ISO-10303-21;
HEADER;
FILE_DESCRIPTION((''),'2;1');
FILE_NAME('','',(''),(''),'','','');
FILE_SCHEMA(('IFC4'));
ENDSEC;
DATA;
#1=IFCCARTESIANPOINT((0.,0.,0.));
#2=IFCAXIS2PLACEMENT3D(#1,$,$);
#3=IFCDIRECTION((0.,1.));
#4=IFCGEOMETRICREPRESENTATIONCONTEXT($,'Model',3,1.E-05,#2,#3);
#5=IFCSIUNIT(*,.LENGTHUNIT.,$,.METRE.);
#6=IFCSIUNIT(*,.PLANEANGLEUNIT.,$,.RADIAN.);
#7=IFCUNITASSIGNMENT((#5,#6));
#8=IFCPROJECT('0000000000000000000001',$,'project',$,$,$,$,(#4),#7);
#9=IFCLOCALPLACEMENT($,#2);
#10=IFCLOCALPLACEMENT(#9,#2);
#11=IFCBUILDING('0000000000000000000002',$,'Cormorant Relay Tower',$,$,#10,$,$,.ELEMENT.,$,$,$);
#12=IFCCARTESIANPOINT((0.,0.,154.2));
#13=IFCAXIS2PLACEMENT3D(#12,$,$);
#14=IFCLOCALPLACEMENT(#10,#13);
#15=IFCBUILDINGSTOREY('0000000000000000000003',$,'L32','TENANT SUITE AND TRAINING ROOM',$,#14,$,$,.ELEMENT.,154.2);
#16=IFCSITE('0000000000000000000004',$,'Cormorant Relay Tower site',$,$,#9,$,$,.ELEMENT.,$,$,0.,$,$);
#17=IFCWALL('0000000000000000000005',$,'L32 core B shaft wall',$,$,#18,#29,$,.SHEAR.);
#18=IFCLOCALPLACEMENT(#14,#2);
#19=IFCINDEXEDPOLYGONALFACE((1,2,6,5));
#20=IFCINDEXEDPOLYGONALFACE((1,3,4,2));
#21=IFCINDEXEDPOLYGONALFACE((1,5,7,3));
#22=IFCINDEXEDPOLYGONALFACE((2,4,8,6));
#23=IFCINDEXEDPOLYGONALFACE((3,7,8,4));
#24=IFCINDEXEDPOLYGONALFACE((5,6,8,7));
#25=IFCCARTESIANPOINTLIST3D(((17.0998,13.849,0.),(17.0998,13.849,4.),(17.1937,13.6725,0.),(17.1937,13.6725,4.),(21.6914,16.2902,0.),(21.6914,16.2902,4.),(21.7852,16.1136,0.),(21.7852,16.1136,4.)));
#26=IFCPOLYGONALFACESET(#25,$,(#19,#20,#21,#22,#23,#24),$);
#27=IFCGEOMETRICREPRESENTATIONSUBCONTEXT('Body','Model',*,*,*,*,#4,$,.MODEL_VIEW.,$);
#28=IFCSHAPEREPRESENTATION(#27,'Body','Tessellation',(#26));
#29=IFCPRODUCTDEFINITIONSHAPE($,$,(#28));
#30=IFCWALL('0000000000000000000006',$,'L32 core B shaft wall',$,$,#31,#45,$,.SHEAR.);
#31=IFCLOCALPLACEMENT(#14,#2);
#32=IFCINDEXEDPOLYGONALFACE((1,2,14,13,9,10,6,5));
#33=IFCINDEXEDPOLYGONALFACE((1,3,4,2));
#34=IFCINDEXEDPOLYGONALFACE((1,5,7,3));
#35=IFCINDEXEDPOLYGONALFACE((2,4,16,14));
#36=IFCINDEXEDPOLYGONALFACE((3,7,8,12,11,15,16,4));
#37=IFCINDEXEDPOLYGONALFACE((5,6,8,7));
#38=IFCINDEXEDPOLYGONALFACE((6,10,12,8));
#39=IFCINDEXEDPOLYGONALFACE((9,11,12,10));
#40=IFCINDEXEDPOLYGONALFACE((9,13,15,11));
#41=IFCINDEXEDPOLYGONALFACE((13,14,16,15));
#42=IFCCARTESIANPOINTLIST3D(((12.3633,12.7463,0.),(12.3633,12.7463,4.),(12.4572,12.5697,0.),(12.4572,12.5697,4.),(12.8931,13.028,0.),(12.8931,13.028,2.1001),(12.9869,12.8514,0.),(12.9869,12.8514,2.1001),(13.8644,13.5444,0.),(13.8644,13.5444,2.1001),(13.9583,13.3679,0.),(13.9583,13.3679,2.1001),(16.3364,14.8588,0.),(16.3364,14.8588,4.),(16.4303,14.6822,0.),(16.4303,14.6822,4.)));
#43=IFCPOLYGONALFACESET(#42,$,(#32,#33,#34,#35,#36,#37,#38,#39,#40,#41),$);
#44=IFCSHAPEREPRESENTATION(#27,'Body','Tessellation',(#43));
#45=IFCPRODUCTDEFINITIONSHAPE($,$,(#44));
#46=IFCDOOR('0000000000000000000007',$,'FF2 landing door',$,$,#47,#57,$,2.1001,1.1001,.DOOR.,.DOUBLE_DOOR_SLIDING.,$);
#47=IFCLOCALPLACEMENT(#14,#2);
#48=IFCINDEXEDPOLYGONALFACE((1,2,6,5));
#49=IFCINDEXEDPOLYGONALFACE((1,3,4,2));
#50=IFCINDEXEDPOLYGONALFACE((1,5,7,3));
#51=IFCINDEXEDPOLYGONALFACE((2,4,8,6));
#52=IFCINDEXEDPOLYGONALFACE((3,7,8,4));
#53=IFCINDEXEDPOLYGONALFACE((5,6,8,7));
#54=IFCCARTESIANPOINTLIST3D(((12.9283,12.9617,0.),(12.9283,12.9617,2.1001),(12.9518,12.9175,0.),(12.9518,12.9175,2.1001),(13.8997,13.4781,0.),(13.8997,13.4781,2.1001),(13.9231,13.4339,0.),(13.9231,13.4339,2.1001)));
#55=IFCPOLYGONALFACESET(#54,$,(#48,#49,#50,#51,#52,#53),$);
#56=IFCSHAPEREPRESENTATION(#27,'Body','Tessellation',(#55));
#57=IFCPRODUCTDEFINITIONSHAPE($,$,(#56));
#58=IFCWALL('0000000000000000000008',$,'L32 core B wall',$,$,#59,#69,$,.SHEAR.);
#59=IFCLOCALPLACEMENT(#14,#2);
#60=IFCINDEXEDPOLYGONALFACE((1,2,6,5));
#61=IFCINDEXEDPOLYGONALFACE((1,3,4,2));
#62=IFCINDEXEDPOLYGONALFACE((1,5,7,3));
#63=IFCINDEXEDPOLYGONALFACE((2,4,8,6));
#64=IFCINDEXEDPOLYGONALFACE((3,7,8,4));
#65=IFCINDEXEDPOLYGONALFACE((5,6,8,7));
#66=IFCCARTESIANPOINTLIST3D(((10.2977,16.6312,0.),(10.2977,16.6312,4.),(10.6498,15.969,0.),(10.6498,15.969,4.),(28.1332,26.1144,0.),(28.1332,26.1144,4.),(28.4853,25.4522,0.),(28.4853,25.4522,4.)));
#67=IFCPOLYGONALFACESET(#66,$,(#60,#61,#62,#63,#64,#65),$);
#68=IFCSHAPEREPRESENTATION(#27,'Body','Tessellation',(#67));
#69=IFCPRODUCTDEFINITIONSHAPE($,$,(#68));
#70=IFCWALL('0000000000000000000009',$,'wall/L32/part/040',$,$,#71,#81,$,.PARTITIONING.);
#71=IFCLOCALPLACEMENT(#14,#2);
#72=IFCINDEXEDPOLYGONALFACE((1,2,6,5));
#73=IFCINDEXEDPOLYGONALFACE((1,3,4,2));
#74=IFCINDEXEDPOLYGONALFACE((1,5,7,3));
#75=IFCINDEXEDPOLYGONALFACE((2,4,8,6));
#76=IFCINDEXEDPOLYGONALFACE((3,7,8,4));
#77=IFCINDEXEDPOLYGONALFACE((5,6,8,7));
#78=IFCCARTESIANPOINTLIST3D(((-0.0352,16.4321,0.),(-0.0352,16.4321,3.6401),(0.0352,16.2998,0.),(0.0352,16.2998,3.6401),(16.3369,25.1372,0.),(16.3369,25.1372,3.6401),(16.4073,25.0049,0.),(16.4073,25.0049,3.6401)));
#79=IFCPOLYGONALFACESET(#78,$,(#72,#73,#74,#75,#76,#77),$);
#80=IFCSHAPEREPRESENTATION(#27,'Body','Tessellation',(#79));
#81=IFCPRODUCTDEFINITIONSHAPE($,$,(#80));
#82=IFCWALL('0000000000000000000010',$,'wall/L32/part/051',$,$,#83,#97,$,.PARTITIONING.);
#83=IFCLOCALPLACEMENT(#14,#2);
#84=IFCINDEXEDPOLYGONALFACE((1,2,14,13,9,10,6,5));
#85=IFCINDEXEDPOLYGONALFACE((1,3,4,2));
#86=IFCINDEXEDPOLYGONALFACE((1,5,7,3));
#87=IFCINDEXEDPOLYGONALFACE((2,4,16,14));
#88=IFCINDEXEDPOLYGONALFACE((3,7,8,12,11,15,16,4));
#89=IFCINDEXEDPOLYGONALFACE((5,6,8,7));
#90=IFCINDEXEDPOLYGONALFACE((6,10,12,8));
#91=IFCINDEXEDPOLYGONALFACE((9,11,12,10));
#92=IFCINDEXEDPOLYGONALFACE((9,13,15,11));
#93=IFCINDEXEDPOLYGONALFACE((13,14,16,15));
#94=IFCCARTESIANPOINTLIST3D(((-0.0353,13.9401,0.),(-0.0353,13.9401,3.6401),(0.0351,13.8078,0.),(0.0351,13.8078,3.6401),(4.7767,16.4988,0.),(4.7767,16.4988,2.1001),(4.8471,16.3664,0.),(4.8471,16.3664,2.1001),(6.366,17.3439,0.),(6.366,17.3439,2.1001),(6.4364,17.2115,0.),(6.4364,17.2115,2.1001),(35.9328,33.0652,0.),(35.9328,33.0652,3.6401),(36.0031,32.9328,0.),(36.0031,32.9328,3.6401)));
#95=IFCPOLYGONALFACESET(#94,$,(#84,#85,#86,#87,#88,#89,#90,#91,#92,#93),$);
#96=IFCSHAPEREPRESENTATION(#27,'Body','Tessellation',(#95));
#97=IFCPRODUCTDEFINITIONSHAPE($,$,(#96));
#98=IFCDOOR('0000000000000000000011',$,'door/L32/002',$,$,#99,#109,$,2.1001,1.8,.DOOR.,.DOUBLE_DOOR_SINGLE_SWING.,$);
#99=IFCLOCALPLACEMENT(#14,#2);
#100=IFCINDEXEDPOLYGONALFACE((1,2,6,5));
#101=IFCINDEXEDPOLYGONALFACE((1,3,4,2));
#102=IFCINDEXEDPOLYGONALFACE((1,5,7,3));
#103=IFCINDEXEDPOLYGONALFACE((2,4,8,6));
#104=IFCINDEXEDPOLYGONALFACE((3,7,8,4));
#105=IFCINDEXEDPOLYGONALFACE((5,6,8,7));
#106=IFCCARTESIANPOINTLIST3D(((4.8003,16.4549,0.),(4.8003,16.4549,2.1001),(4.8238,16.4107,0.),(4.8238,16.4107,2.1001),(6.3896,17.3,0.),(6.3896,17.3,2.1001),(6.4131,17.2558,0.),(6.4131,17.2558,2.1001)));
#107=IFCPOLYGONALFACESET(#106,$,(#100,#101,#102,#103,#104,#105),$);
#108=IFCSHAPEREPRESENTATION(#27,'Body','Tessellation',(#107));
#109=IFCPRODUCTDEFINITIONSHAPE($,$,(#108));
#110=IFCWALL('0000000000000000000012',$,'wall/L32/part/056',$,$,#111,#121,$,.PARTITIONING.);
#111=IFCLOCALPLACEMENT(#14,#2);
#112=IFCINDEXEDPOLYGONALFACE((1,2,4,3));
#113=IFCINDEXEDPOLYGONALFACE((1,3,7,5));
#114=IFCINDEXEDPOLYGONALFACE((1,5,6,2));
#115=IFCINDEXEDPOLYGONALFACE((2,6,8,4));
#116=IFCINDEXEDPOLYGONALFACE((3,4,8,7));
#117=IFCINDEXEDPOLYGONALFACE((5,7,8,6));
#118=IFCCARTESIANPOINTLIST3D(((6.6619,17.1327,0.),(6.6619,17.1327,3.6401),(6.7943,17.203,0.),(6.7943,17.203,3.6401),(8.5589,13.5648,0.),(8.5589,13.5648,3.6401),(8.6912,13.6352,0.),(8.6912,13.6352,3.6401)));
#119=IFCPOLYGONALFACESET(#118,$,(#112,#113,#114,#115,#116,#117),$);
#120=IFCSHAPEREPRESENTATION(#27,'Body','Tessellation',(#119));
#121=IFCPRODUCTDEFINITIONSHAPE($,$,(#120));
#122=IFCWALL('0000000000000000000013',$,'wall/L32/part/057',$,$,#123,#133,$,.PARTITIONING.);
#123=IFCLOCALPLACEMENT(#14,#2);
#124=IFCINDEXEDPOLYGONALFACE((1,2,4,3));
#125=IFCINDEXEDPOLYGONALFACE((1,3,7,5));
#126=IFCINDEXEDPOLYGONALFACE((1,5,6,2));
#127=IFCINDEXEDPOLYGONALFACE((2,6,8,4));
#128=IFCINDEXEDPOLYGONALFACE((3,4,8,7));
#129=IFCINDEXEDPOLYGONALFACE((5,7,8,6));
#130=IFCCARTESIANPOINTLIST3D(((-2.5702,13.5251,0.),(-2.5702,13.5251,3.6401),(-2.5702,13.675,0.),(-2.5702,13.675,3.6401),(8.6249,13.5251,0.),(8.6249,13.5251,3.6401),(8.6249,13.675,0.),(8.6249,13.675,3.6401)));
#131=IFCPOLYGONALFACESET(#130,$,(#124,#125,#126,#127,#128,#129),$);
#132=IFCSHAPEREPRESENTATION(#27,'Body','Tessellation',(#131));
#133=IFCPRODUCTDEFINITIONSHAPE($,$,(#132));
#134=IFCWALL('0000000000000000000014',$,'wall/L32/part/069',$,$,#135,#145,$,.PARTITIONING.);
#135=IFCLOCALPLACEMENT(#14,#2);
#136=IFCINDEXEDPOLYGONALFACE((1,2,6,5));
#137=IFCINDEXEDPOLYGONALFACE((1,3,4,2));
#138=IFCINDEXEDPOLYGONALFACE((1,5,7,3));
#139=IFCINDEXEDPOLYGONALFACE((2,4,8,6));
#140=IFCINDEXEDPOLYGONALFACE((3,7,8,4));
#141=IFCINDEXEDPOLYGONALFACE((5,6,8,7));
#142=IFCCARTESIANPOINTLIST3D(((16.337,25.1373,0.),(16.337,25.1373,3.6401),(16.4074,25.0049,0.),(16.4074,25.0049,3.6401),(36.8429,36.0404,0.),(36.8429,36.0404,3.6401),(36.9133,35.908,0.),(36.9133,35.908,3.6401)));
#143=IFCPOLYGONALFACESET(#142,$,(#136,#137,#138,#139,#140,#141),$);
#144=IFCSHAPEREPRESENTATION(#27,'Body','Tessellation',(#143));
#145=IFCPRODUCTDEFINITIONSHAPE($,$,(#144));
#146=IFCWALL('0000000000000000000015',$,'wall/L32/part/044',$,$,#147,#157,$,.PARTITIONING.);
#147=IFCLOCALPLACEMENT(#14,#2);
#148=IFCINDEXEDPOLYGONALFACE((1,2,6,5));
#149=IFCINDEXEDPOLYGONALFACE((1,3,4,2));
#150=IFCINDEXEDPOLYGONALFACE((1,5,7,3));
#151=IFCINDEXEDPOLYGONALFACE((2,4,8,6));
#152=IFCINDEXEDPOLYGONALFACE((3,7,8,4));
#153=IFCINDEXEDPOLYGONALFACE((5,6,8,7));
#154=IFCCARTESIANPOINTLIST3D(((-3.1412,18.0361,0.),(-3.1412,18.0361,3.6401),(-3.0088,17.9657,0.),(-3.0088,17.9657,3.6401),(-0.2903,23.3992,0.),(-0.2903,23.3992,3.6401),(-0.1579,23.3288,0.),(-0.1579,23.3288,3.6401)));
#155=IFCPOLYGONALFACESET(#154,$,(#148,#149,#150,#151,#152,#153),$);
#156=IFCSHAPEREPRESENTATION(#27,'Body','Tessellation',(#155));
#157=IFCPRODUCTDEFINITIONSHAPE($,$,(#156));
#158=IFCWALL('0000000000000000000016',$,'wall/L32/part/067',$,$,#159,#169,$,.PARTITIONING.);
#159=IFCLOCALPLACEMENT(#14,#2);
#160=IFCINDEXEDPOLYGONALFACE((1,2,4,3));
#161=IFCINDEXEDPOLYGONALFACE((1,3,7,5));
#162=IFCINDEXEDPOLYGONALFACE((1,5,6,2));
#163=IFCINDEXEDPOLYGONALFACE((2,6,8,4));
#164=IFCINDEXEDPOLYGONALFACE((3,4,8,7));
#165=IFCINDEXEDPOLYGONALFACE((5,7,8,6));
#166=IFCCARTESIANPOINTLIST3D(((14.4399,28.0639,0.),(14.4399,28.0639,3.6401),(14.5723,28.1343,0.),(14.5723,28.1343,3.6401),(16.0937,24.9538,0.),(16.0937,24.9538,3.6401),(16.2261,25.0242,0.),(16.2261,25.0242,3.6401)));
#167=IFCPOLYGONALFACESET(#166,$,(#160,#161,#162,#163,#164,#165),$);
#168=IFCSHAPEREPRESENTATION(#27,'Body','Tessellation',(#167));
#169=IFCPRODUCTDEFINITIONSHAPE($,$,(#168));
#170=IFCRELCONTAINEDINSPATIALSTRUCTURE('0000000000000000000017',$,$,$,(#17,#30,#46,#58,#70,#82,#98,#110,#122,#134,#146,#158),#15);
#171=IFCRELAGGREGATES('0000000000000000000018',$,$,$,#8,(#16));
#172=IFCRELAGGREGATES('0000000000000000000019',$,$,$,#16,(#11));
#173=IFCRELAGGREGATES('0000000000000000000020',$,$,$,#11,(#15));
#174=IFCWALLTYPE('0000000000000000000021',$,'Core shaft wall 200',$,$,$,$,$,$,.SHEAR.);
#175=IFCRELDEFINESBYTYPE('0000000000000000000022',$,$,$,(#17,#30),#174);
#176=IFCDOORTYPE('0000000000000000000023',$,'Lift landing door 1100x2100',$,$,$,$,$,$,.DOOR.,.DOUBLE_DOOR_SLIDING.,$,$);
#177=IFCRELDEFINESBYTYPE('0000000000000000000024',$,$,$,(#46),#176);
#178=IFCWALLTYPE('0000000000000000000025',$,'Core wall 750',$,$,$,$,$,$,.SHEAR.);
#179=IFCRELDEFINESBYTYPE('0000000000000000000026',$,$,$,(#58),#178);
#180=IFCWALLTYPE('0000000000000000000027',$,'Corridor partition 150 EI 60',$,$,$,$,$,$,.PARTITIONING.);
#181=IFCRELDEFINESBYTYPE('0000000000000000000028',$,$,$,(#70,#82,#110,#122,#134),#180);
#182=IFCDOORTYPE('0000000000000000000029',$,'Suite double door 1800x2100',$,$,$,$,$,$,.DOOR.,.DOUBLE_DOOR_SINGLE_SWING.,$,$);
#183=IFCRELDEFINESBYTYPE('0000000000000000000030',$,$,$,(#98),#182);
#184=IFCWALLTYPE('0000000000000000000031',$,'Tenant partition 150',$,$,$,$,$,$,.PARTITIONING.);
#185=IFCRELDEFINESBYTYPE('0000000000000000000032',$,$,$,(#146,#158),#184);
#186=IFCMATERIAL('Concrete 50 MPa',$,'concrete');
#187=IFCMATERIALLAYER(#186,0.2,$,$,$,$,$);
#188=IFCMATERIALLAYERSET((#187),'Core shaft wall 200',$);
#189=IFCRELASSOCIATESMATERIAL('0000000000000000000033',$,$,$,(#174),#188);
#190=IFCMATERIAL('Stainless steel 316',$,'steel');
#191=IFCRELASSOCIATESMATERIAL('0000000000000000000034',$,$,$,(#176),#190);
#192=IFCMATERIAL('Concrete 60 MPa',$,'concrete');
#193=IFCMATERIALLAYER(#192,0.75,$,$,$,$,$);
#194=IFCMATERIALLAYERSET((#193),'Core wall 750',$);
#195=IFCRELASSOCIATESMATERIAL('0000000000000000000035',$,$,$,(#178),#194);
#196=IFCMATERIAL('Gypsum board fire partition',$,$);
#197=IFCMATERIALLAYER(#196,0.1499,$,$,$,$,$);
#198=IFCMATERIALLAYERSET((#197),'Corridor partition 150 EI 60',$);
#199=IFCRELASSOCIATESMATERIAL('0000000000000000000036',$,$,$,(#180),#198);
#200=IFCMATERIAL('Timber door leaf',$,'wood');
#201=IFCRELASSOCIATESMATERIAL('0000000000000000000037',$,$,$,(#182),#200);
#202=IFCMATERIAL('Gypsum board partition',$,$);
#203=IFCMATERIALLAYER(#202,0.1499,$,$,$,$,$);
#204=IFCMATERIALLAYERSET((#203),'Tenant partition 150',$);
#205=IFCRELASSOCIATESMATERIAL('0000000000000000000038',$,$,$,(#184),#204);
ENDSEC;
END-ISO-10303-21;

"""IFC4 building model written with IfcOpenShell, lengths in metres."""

from ifc_helpers import new_model, si_unit, direction, frame, frame_2d, origin, place, context, subcontext, project, spatial, rectangle, extrude, material, layer, layer_set, type_object, element, fill, save


model = new_model("IFC4")

# Units and contexts
model_context = context("Model", 3, precision=1e-05, world=origin(), true_north=direction((0.0, 1.0)))
body_context = subcontext(model_context, "Body", "Model", "MODEL_VIEW")
ifc_project = project(units=[si_unit("LENGTHUNIT", "METRE"), si_unit("PLANEANGLEUNIT", "RADIAN")], contexts=[model_context])

# Site, building, storey
site_placement = place(None, origin())
site = spatial("IfcSite", under=ifc_project, at=site_placement, Name="Cormorant Relay Tower site", CompositionType="ELEMENT", RefElevation=0.0)
building_placement = place(site_placement, origin())
building = spatial("IfcBuilding", under=site, at=building_placement, Name="Cormorant Relay Tower", CompositionType="ELEMENT")
storey_placement = place(building_placement, frame((0.0, 0.0, 154.2)))
storey = spatial("IfcBuildingStorey", under=building, at=storey_placement, Name="L32", Description="TENANT SUITE AND TRAINING ROOM", CompositionType="ELEMENT", Elevation=154.2)

# Wall
ifc_material_1 = material(Name="Concrete 50 MPa", Category="concrete")
ifc_layer_1 = layer(ifc_material_1, 0.2)
ifc_layer_set_1 = layer_set([ifc_layer_1], Name="Core shaft wall 200")
wall_type_1 = type_object("IfcWallType", Name="Core shaft wall 200", PredefinedType="SHEAR", material=ifc_layer_set_1)
wall_1_placement = place(storey_placement, frame((17.1467, 13.7607, 0.0), z_axis=(0.0, 0.0, 1.0), x_axis=(0.882964, 0.46944, 0.0)))
element("IfcWall", 1, at=wall_1_placement, inside=storey, type_object=wall_type_1, Name="L32 core B shaft wall", PredefinedType="SHEAR", context=body_context, shape_type="SweptSolid", body=[
    extrude(rectangle(XDim=5.2002, YDim=0.2, at=frame_2d((2.6001, 0.0))), origin(), (0.0, 0.0, 1.0), 4.0),
])

# Wall, opening, door
wall_2_placement = place(storey_placement, frame((12.4102, 12.658, 0.0), z_axis=(0.0, 0.0, 1.0), x_axis=(0.882948, 0.46947, 0.0)))
wall_2 = element("IfcWall", 2, at=wall_2_placement, inside=storey, type_object=wall_type_1, Name="L32 core B shaft wall", PredefinedType="SHEAR", context=body_context, shape_type="SweptSolid", body=[
    extrude(rectangle(XDim=4.4998, YDim=0.2, at=frame_2d((2.25, 0.0))), origin(), (0.0, 0.0, 1.0), 4.0),
])
opening_1_placement = place(wall_2_placement, frame((0.6001, 0.0, 0.0)))
opening_1 = element("IfcOpeningElement", 3, at=opening_1_placement, cuts=wall_2, PredefinedType="OPENING", context=body_context, shape_type="SweptSolid", body=[
    extrude(rectangle(XDim=1.1001, YDim=2.1001, at=frame_2d((0.55, 1.05))), frame((0.0, 0.1099, 0.0), z_axis=(0.0, -1.0, 0.0), x_axis=(1.0, 0.0, 0.0)), (0.0, 0.0, 1.0), 0.22),
])
ifc_material_2 = material(Name="Stainless steel 316", Category="steel")
door_type_1 = type_object("IfcDoorType", Name="Lift landing door 1100x2100", OperationType="DOUBLE_DOOR_SLIDING", PredefinedType="DOOR", material=ifc_material_2)
door_1_placement = place(opening_1_placement, origin())
door_1 = element("IfcDoor", 4, at=door_1_placement, inside=storey, type_object=door_type_1, Name="FF2 landing door", OperationType="DOUBLE_DOOR_SLIDING", OverallHeight=2.1001, OverallWidth=1.1001, PredefinedType="DOOR", context=body_context, shape_type="SweptSolid", body=[
    extrude(rectangle(XDim=1.1001, YDim=2.1001, at=frame_2d((0.55, 1.05))), frame((0.0, 0.0249, 0.0), z_axis=(0.0, -1.0, 0.0), x_axis=(1.0, 0.0, 0.0)), (0.0, 0.0, 1.0), 0.05),
])
fill(opening_1, door_1)

# Walls
ifc_material_3 = material(Name="Concrete 60 MPa", Category="concrete")
ifc_layer_2 = layer(ifc_material_3, 0.75)
ifc_layer_set_2 = layer_set([ifc_layer_2], Name="Core wall 750")
wall_type_2 = type_object("IfcWallType", Name="Core wall 750", PredefinedType="SHEAR", material=ifc_layer_set_2)
wall_3_placement = place(storey_placement, frame((10.4736, 16.3, 0.0), z_axis=(0.0, 0.0, 1.0), x_axis=(0.88295, 0.469467, 0.0)))
element("IfcWall", 5, at=wall_3_placement, inside=storey, type_object=wall_type_2, Name="L32 core B wall", PredefinedType="SHEAR", context=body_context, shape_type="SweptSolid", body=[
    extrude(rectangle(XDim=20.2, YDim=0.75, at=frame_2d((10.1001, 0.0))), origin(), (0.0, 0.0, 1.0), 4.0),
])
ifc_material_4 = material(Name="Gypsum board fire partition")
ifc_layer_3 = layer(ifc_material_4, 0.1499)
ifc_layer_set_3 = layer_set([ifc_layer_3], Name="Corridor partition 150 EI 60")
wall_type_3 = type_object("IfcWallType", Name="Corridor partition 150 EI 60", PredefinedType="PARTITIONING", material=ifc_layer_set_3)
wall_4_placement = place(storey_placement, frame((0.0, 16.366, 0.0), z_axis=(0.0, 0.0, 1.0), x_axis=(0.88295, 0.469467, 0.0)))
element("IfcWall", 6, at=wall_4_placement, inside=storey, type_object=wall_type_3, Name="wall/L32/part/040", PredefinedType="PARTITIONING", context=body_context, shape_type="SweptSolid", body=[
    extrude(rectangle(XDim=18.5425, YDim=0.1499, at=frame_2d((9.2712, 0.0))), origin(), (0.0, 0.0, 1.0), 3.6401),
])

# Wall, opening, door
wall_5_placement = place(storey_placement, frame((0.0, 13.874, 0.0), z_axis=(0.0, 0.0, 1.0), x_axis=(0.882943, 0.46948, 0.0)))
wall_5 = element("IfcWall", 7, at=wall_5_placement, inside=storey, type_object=wall_type_3, Name="wall/L32/part/051", PredefinedType="PARTITIONING", context=body_context, shape_type="SweptSolid", body=[
    extrude(rectangle(XDim=40.7366, YDim=0.1499, at=frame_2d((20.3682, 0.0))), origin(), (0.0, 0.0, 1.0), 3.6401),
])
opening_2_placement = place(wall_5_placement, frame((5.45, 0.0, 0.0)))
opening_2 = element("IfcOpeningElement", 8, at=opening_2_placement, cuts=wall_5, PredefinedType="OPENING", context=body_context, shape_type="SweptSolid", body=[
    extrude(rectangle(XDim=1.8, YDim=2.1001, at=frame_2d((0.8999, 1.05))), frame((0.0, 0.085, 0.0), z_axis=(0.0, -1.0, 0.0), x_axis=(1.0, 0.0, 0.0)), (0.0, 0.0, 1.0), 0.1699),
])
ifc_material_5 = material(Name="Timber door leaf", Category="wood")
door_type_2 = type_object("IfcDoorType", Name="Suite double door 1800x2100", OperationType="DOUBLE_DOOR_SINGLE_SWING", PredefinedType="DOOR", material=ifc_material_5)
door_2_placement = place(opening_2_placement, frame((1.8, 0.0, 0.0), z_axis=(0.0, 0.0, 1.0), x_axis=(-1.0, 0.0, 0.0)))
door_2 = element("IfcDoor", 9, at=door_2_placement, inside=storey, type_object=door_type_2, Name="door/L32/002", OperationType="DOUBLE_DOOR_SINGLE_SWING", OverallHeight=2.1001, OverallWidth=1.8, PredefinedType="DOOR", context=body_context, shape_type="SweptSolid", body=[
    extrude(rectangle(XDim=1.8, YDim=2.1001, at=frame_2d((0.8999, 1.05))), frame((0.0, 0.0249, 0.0), z_axis=(0.0, -1.0, 0.0), x_axis=(1.0, 0.0, 0.0)), (0.0, 0.0, 1.0), 0.05),
])
fill(opening_2, door_2)

# Walls
wall_6_placement = place(storey_placement, frame((6.728, 17.168, 0.0), z_axis=(0.0, 0.0, 1.0), x_axis=(0.469453, -0.882958, 0.0)))
element("IfcWall", 10, at=wall_6_placement, inside=storey, type_object=wall_type_3, Name="wall/L32/part/056", PredefinedType="PARTITIONING", context=body_context, shape_type="SweptSolid", body=[
    extrude(rectangle(XDim=4.0408, YDim=0.1499, at=frame_2d((2.0205, 0.0))), origin(), (0.0, 0.0, 1.0), 3.6401),
])
wall_7_placement = place(storey_placement, frame((8.625, 13.6001, 0.0), z_axis=(0.0, 0.0, 1.0), x_axis=(-1.0, 0.0, 0.0)))
element("IfcWall", 11, at=wall_7_placement, inside=storey, type_object=wall_type_3, Name="wall/L32/part/057", PredefinedType="PARTITIONING", context=body_context, shape_type="SweptSolid", body=[
    extrude(rectangle(XDim=11.1951, YDim=0.1499, at=frame_2d((5.5977, 0.0))), origin(), (0.0, 0.0, 1.0), 3.6401),
])
wall_8_placement = place(storey_placement, frame((16.3721, 25.071, 0.0), z_axis=(0.0, 0.0, 1.0), x_axis=(0.882949, 0.469469, 0.0)))
element("IfcWall", 12, at=wall_8_placement, inside=storey, type_object=wall_type_3, Name="wall/L32/part/069", PredefinedType="PARTITIONING", context=body_context, shape_type="SweptSolid", body=[
    extrude(rectangle(XDim=23.2244, YDim=0.1499, at=frame_2d((11.6123, 0.0))), origin(), (0.0, 0.0, 1.0), 3.6401),
])
ifc_material_6 = material(Name="Gypsum board partition")
ifc_layer_4 = layer(ifc_material_6, 0.1499)
ifc_layer_set_4 = layer_set([ifc_layer_4], Name="Tenant partition 150")
wall_type_4 = type_object("IfcWallType", Name="Tenant partition 150", PredefinedType="PARTITIONING", material=ifc_layer_set_4)
wall_9_placement = place(storey_placement, frame((-0.2241, 23.364, 0.0), z_axis=(0.0, 0.0, 1.0), x_axis=(-0.469376, -0.882999, 0.0)))
element("IfcWall", 13, at=wall_9_placement, inside=storey, type_object=wall_type_4, Name="wall/L32/part/044", PredefinedType="PARTITIONING", context=body_context, shape_type="SweptSolid", body=[
    extrude(rectangle(XDim=6.0737, YDim=0.1499, at=frame_2d((3.0369, 0.0))), origin(), (0.0, 0.0, 1.0), 3.6401),
])
wall_10_placement = place(storey_placement, frame((14.5061, 28.0991, 0.0), z_axis=(0.0, 0.0, 1.0), x_axis=(0.469501, -0.882932, 0.0)))
element("IfcWall", 14, at=wall_10_placement, inside=storey, type_object=wall_type_4, Name="wall/L32/part/067", PredefinedType="PARTITIONING", context=body_context, shape_type="SweptSolid", body=[
    extrude(rectangle(XDim=3.5225, YDim=0.1499, at=frame_2d((1.7612, 0.0))), origin(), (0.0, 0.0, 1.0), 3.6401),
])

save(model, "model.ifc")
